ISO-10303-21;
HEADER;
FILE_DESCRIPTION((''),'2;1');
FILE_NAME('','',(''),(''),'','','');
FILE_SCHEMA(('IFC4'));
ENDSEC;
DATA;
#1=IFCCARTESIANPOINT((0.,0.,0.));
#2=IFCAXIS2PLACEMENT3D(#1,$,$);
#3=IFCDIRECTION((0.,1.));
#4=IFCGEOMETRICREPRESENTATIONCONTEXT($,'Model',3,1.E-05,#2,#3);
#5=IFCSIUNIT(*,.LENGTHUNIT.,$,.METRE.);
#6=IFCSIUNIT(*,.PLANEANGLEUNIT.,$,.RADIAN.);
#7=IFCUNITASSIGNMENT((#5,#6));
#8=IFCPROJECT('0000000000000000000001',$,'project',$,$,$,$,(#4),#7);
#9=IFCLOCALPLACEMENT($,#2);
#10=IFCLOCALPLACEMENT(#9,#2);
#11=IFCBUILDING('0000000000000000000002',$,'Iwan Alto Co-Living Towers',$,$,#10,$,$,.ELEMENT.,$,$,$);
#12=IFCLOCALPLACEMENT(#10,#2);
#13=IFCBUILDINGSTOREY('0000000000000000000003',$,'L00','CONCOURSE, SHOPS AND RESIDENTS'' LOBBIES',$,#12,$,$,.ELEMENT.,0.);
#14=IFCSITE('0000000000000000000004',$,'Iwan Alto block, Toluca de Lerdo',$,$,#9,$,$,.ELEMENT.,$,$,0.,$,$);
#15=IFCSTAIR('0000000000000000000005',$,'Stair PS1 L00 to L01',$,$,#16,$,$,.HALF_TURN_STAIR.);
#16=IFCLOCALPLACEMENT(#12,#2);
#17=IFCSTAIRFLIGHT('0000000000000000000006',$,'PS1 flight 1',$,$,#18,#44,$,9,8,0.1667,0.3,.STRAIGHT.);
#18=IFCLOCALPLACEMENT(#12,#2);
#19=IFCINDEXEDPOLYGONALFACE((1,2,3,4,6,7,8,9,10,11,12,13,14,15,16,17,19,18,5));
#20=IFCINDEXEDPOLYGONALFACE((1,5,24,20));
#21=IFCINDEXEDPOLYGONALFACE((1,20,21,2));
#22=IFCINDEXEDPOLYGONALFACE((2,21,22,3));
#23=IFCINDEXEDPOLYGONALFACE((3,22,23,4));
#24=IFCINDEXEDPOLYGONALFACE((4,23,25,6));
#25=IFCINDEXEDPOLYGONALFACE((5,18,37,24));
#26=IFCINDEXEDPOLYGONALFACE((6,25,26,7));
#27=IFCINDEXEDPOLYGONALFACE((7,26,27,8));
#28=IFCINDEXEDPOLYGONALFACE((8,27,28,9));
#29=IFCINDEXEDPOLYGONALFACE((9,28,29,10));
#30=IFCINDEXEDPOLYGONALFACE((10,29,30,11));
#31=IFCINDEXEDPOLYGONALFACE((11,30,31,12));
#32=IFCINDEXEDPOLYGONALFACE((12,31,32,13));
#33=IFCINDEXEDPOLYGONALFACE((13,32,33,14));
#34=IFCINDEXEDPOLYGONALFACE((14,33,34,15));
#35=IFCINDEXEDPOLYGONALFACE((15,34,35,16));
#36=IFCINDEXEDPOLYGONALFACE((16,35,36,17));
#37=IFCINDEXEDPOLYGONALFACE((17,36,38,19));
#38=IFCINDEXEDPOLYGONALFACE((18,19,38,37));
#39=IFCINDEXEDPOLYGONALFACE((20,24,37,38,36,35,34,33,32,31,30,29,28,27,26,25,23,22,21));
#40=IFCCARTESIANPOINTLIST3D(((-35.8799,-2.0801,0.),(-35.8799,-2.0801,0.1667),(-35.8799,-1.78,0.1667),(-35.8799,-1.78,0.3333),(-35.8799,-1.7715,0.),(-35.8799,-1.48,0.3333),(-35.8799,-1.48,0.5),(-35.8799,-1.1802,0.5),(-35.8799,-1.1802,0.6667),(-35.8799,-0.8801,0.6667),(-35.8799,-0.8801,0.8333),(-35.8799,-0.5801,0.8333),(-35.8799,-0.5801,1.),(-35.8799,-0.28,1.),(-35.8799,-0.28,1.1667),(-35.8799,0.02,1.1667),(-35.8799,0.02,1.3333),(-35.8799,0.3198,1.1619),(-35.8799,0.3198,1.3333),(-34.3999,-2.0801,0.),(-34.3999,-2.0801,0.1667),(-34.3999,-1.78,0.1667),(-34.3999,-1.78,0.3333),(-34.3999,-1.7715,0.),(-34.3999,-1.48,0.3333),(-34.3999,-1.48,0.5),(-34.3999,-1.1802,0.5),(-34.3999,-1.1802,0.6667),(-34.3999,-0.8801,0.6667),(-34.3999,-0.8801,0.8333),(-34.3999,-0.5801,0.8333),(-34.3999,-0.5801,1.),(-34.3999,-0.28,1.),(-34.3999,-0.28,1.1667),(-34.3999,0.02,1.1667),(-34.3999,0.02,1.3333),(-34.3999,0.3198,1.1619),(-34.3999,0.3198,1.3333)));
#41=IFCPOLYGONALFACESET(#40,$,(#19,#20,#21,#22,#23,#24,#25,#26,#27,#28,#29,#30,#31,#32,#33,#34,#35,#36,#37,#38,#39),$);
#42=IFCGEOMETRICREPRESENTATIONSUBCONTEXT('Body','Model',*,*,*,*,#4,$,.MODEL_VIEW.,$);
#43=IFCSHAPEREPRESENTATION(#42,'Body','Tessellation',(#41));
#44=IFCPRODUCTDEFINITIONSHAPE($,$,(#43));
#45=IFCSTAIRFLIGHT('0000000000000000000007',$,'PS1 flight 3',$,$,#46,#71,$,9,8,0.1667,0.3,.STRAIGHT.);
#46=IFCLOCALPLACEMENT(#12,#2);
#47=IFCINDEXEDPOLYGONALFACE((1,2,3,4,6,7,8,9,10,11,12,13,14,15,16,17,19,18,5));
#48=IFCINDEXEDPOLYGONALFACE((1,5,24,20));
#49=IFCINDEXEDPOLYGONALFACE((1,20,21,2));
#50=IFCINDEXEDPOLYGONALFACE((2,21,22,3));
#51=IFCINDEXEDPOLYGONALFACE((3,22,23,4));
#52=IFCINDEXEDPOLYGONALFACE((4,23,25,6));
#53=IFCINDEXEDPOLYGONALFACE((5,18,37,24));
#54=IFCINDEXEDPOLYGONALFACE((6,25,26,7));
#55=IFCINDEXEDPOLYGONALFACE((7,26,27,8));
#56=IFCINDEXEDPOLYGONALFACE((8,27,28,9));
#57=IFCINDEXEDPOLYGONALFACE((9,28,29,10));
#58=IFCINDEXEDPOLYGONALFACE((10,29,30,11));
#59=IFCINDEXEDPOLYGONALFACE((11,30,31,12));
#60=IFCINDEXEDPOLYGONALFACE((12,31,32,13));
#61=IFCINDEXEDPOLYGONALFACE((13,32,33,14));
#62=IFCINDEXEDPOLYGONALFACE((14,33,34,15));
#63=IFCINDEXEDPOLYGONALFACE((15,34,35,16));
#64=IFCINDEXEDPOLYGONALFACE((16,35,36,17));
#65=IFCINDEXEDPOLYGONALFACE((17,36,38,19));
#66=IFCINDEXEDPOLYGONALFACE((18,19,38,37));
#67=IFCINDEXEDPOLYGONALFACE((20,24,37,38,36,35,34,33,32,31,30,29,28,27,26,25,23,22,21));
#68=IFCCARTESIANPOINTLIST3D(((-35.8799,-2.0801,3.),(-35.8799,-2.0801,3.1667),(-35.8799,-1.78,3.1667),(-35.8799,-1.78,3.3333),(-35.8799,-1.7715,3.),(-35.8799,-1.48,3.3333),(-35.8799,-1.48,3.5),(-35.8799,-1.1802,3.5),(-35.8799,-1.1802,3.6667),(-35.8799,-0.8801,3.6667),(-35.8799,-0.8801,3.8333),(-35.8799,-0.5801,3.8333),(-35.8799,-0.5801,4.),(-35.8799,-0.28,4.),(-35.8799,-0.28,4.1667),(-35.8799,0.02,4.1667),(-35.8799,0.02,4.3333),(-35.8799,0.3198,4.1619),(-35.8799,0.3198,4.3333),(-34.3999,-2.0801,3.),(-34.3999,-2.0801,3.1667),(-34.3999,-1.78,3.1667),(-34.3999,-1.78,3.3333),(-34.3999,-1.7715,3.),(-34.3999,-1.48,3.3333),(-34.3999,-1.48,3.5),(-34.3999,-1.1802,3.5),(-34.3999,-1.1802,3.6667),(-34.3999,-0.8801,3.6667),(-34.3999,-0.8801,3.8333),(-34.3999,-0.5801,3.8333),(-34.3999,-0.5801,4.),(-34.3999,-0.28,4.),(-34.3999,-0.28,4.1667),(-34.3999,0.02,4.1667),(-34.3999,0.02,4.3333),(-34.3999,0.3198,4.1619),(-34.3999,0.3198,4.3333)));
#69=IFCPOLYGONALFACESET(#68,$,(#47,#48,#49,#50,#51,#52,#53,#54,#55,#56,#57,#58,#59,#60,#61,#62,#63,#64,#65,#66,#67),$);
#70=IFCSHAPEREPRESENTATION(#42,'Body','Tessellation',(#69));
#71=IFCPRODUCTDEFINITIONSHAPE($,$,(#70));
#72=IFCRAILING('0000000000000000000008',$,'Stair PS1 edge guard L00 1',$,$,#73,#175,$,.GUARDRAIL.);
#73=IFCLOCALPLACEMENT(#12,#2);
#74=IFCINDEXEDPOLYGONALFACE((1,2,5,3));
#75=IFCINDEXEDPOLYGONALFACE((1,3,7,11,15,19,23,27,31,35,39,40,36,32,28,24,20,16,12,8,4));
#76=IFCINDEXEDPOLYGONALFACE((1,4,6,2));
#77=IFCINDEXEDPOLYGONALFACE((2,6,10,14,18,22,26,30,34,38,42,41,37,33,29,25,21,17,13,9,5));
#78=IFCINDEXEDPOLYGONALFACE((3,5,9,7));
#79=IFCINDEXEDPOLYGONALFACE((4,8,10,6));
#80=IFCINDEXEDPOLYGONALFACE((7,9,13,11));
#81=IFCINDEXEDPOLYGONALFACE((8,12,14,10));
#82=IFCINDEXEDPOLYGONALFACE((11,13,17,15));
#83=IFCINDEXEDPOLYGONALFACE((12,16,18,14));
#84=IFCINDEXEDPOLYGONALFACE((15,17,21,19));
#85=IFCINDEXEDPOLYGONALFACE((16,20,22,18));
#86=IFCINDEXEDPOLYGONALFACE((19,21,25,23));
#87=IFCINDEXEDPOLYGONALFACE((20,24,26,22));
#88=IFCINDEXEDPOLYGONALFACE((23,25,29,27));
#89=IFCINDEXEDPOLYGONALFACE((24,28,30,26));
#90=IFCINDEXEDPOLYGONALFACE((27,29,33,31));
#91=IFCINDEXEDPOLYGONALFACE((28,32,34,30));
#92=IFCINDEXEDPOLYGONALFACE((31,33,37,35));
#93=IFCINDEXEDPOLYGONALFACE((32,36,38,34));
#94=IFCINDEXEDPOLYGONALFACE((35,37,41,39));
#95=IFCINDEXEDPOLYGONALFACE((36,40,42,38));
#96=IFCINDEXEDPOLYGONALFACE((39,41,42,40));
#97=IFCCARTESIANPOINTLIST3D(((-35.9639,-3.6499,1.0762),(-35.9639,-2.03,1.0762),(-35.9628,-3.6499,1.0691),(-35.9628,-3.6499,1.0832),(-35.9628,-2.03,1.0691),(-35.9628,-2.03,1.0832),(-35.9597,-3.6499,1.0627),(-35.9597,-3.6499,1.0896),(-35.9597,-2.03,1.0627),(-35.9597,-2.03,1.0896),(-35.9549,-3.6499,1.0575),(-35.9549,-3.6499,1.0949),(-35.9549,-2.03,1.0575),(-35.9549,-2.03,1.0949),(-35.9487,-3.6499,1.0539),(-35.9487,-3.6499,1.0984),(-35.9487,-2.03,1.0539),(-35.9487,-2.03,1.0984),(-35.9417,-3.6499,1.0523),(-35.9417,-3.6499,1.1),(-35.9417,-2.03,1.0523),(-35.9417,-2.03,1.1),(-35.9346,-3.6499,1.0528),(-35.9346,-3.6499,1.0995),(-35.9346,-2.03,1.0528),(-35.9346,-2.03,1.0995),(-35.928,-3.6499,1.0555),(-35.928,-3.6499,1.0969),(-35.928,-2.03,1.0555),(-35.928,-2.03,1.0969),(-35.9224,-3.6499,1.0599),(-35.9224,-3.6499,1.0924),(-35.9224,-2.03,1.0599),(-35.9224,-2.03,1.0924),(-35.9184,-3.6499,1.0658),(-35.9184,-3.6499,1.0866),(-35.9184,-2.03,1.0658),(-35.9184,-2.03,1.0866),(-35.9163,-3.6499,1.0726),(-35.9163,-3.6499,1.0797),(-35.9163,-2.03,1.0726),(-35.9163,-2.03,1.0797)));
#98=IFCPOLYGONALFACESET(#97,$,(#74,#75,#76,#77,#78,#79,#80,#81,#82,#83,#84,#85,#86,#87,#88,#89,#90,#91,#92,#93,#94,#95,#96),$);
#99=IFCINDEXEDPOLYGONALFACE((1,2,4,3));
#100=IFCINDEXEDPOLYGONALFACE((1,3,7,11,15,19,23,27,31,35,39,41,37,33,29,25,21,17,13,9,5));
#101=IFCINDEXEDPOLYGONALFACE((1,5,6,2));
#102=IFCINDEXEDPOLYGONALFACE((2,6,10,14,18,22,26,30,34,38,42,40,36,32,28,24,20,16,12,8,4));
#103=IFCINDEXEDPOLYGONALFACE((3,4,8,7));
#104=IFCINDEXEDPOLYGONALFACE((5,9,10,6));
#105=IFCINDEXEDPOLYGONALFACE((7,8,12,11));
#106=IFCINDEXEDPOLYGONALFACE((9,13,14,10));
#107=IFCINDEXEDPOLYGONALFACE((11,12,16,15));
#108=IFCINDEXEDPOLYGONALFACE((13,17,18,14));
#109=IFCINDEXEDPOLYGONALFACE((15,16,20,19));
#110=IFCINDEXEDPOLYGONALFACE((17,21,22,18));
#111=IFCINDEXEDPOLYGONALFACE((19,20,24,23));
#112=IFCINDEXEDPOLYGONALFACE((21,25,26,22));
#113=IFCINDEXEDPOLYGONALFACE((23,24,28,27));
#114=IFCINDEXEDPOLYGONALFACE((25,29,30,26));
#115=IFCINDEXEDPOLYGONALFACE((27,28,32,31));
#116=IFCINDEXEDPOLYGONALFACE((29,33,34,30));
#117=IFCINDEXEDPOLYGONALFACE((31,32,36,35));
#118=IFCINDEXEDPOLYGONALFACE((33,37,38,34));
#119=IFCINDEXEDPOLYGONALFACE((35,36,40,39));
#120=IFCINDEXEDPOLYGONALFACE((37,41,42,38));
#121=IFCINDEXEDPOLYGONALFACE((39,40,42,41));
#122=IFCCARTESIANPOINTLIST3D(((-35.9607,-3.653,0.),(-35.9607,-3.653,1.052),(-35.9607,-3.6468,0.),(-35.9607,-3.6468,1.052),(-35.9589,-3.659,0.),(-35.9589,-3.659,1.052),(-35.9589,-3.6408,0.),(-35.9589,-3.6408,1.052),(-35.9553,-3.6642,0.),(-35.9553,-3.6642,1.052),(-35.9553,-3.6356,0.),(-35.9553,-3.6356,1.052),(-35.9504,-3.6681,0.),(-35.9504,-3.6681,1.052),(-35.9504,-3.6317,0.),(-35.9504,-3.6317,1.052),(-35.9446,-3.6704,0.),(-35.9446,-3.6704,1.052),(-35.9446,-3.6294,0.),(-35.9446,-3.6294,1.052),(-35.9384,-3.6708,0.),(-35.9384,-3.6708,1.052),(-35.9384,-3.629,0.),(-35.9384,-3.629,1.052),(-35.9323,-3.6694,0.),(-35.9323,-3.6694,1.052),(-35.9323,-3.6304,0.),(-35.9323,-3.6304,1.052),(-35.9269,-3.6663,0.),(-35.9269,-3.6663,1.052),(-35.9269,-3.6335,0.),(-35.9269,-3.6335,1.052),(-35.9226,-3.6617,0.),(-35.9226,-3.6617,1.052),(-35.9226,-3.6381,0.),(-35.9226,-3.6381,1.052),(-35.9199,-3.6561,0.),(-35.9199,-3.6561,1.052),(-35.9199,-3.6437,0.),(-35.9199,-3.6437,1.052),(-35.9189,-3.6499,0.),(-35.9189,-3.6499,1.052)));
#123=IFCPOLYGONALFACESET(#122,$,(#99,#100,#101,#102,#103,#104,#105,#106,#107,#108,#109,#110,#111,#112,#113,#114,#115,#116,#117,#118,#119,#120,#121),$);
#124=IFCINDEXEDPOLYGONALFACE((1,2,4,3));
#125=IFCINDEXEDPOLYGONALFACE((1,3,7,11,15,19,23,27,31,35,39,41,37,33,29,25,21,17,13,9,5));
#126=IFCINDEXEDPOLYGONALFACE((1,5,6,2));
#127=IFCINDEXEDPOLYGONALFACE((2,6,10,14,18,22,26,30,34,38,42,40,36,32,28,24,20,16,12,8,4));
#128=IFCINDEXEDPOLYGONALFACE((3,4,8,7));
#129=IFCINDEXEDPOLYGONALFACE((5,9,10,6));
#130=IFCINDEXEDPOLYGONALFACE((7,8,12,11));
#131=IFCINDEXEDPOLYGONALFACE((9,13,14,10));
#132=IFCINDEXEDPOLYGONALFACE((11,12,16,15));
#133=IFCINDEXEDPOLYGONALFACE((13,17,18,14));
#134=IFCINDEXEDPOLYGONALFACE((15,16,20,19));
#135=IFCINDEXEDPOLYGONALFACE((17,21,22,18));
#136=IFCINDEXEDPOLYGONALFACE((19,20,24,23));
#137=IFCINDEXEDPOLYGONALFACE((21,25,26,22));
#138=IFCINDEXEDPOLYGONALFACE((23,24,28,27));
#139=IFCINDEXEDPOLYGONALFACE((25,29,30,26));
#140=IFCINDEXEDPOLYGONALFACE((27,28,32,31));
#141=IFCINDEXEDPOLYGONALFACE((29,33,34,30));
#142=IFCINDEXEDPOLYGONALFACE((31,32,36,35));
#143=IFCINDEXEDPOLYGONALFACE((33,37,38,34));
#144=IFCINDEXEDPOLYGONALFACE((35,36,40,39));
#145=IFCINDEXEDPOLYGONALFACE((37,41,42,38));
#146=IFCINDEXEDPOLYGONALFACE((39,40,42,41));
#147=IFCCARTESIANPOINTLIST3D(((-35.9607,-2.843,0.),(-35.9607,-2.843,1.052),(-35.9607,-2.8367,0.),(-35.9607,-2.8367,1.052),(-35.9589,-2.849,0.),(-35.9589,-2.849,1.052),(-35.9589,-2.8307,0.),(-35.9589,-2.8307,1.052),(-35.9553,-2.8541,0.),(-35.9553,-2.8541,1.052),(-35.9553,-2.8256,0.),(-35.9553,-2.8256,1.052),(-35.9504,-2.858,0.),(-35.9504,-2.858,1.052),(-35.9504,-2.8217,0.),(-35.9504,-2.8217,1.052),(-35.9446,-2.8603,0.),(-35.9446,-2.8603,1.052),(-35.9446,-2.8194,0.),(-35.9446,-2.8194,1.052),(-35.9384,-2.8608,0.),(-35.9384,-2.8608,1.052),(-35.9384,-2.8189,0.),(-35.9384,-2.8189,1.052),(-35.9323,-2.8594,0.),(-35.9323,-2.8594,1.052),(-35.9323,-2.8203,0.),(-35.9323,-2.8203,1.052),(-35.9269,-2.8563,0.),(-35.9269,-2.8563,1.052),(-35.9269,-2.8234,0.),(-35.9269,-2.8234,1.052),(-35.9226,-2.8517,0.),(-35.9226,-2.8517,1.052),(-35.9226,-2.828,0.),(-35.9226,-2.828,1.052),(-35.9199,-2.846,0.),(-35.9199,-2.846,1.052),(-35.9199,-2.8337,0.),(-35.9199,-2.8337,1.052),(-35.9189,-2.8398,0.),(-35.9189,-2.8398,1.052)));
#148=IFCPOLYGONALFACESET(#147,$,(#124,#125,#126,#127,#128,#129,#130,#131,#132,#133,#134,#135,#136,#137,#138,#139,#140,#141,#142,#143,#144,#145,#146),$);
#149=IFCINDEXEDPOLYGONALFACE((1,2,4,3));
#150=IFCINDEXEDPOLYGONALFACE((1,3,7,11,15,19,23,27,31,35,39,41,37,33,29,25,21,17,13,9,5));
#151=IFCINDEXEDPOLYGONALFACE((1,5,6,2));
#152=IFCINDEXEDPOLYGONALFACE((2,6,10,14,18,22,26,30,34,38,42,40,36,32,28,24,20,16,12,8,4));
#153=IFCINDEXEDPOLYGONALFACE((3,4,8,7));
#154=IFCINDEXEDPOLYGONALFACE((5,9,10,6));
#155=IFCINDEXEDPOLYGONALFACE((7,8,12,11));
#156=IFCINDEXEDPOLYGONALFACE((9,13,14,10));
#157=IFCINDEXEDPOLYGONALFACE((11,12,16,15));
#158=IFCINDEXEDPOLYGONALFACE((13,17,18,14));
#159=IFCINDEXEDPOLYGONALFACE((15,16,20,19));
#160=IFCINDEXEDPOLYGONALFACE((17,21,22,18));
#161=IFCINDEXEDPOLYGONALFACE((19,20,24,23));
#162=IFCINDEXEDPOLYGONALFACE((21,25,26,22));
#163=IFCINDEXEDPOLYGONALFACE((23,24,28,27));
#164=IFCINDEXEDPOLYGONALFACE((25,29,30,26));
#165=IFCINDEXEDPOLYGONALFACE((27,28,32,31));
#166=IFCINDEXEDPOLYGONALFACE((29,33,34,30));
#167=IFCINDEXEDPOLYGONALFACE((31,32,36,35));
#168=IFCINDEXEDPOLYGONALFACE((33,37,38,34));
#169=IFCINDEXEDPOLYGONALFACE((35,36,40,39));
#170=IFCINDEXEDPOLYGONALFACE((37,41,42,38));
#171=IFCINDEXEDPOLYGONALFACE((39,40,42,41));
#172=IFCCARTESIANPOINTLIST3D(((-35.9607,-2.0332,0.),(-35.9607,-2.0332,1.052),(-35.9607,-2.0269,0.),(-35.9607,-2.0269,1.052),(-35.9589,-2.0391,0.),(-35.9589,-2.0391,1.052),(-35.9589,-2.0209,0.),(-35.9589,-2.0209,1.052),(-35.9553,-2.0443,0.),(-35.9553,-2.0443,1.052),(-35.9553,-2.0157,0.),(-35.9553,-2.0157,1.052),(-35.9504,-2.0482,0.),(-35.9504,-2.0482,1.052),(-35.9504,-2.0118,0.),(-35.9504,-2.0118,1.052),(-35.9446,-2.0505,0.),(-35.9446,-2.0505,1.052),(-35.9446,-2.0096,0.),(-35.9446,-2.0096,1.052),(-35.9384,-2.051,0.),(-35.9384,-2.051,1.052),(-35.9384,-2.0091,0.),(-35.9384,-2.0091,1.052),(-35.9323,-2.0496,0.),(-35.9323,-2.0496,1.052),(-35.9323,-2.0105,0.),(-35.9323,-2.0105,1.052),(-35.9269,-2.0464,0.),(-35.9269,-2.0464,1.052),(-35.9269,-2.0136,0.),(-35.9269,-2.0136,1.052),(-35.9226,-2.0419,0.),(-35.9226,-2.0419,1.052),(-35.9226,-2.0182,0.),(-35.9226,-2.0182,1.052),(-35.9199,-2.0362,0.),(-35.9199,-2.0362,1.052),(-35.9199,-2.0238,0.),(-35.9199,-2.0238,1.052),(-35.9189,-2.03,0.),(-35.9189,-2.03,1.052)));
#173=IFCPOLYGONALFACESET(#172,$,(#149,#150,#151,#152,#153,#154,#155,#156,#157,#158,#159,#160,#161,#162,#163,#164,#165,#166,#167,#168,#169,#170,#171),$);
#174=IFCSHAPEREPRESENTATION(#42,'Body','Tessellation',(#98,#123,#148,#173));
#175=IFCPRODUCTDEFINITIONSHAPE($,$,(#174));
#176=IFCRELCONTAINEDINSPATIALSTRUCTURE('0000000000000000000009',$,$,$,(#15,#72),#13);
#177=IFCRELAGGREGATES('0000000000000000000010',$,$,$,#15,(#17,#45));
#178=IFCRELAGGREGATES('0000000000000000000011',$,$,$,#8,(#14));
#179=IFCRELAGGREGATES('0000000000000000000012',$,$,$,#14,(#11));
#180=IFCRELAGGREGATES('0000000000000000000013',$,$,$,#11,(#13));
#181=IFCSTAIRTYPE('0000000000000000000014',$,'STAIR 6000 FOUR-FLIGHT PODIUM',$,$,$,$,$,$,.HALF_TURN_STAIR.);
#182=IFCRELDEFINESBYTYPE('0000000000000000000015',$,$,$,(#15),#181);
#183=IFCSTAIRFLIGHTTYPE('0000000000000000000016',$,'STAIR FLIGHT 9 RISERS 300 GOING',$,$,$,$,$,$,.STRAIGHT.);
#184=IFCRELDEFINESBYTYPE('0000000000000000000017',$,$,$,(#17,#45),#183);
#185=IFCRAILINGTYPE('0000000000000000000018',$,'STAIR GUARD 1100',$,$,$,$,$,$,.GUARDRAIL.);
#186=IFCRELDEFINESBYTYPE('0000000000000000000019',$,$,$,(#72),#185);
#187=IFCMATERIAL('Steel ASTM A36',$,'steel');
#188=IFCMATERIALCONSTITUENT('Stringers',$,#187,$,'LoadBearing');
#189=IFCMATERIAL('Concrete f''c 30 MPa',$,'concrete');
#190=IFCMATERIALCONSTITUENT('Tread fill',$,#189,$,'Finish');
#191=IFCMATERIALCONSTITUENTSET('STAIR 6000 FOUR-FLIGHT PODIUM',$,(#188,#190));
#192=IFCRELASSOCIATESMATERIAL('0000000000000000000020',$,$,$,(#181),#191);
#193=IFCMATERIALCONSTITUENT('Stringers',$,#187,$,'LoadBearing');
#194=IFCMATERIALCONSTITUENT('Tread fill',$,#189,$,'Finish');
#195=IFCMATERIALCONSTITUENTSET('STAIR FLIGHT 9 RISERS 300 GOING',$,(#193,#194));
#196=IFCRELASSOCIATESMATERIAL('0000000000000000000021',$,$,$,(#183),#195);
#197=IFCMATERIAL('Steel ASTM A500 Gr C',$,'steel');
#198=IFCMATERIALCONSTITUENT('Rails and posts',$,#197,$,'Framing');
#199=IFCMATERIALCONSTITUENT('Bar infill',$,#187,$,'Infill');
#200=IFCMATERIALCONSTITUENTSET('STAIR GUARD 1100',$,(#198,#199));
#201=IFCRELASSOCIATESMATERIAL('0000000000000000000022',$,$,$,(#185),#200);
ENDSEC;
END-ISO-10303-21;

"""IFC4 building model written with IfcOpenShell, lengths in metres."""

from ifc_helpers import new_model, si_unit, direction, frame, origin, origin_2d, place, context, subcontext, project, spatial, polyline, circle, outline, extrude, material, constituent, constituent_set, type_object, element, aggregate, save


model = new_model("IFC4")

# Units and contexts
model_context = context("Model", 3, precision=1e-05, world=origin(), true_north=direction((0.0, 1.0)))
body_context = subcontext(model_context, "Body", "Model", "MODEL_VIEW")
ifc_project = project(units=[si_unit("LENGTHUNIT", "METRE"), si_unit("PLANEANGLEUNIT", "RADIAN")], contexts=[model_context])

# Site, building, storey
site_placement = place(None, origin())
site = spatial("IfcSite", under=ifc_project, at=site_placement, Name="Iwan Alto block, Toluca de Lerdo", CompositionType="ELEMENT", RefElevation=0.0)
building_placement = place(site_placement, origin())
building = spatial("IfcBuilding", under=site, at=building_placement, Name="Iwan Alto Co-Living Towers", CompositionType="ELEMENT")
storey_placement = place(building_placement, origin())
storey = spatial("IfcBuildingStorey", under=building, at=storey_placement, Name="L00", Description="CONCOURSE, SHOPS AND RESIDENTS' LOBBIES", CompositionType="ELEMENT", Elevation=0.0)

# Stair, stair flights
ifc_material_1 = material(Name="Steel ASTM A36", Category="steel")
ifc_constituent_1 = constituent(ifc_material_1, Name="Stringers", Category="LoadBearing")
ifc_material_2 = material(Name="Concrete f'c 30 MPa", Category="concrete")
ifc_constituent_2 = constituent(ifc_material_2, Name="Tread fill", Category="Finish")
ifc_constituent_set_1 = constituent_set(constituents=[ifc_constituent_1, ifc_constituent_2], Name="STAIR 6000 FOUR-FLIGHT PODIUM")
stair_type = type_object("IfcStairType", Name="STAIR 6000 FOUR-FLIGHT PODIUM", PredefinedType="HALF_TURN_STAIR", material=ifc_constituent_set_1)
stair_placement = place(storey_placement, origin())
stair = element("IfcStair", 1, at=stair_placement, inside=storey, type_object=stair_type, Name="Stair PS1 L00 to L01", PredefinedType="HALF_TURN_STAIR")
ifc_constituent_3 = constituent(ifc_material_1, Name="Stringers", Category="LoadBearing")
ifc_constituent_4 = constituent(ifc_material_2, Name="Tread fill", Category="Finish")
ifc_constituent_set_2 = constituent_set(constituents=[ifc_constituent_3, ifc_constituent_4], Name="STAIR FLIGHT 9 RISERS 300 GOING")
stair_flight_type = type_object("IfcStairFlightType", Name="STAIR FLIGHT 9 RISERS 300 GOING", PredefinedType="STRAIGHT", material=ifc_constituent_set_2)
stair_flight_1_placement = place(storey_placement, frame((-35.1399, -2.0801, 0.0), z_axis=(0.0, 0.0, 1.0), x_axis=(0.0, 1.0, 0.0)))
stair_flight_1 = element("IfcStairFlight", 2, at=stair_flight_1_placement, type_object=stair_flight_type, Name="PS1 flight 1", NumberOfRisers=9, NumberOfTreads=8, PredefinedType="STRAIGHT", RiserHeight=0.1667, TreadLength=0.3, context=body_context, shape_type="SweptSolid", body=[
    extrude(outline(polyline([(0.0, 0.0), (0.0, 0.1667), (0.3, 0.1667), (0.3, 0.3333), (0.6001, 0.3333), (0.6001, 0.5), (0.8999, 0.5), (0.8999, 0.6667), (1.2, 0.6667), (1.2, 0.8333), (1.5, 0.8333), (1.5, 1.0), (1.8, 1.0), (1.8, 1.1667), (2.1001, 1.1667), (2.1001, 1.3333), (2.3999, 1.3333), (2.3999, 1.5), (2.3999, 1.1619), (0.3086, 0.0), (0.0, 0.0)])), frame((0.0, 0.74, 0.0), z_axis=(0.0, -1.0, 0.0), x_axis=(1.0, 0.0, 0.0)), (0.0, 0.0, 1.0), 1.48),
])
stair_flight_2_placement = place(storey_placement, frame((-35.1399, -2.0801, 3.0), z_axis=(0.0, 0.0, 1.0), x_axis=(0.0, 1.0, 0.0)))
stair_flight_2 = element("IfcStairFlight", 3, at=stair_flight_2_placement, type_object=stair_flight_type, Name="PS1 flight 3", NumberOfRisers=9, NumberOfTreads=8, PredefinedType="STRAIGHT", RiserHeight=0.1667, TreadLength=0.3, context=body_context, shape_type="SweptSolid", body=[
    extrude(outline(polyline([(0.0, 0.0), (0.0, 0.1667), (0.3, 0.1667), (0.3, 0.3333), (0.6001, 0.3333), (0.6001, 0.5), (0.8999, 0.5), (0.8999, 0.6667), (1.2, 0.6667), (1.2, 0.8333), (1.5, 0.8333), (1.5, 1.0), (1.8, 1.0), (1.8, 1.1667), (2.1001, 1.1667), (2.1001, 1.3333), (2.3999, 1.3333), (2.3999, 1.5), (2.3999, 1.1619), (0.3086, 0.0), (0.0, 0.0)])), frame((0.0, 0.74, 0.0), z_axis=(0.0, -1.0, 0.0), x_axis=(1.0, 0.0, 0.0)), (0.0, 0.0, 1.0), 1.48),
])
aggregate(stair, [stair_flight_1, stair_flight_2])

# Railing
ifc_material_3 = material(Name="Steel ASTM A500 Gr C", Category="steel")
ifc_constituent_5 = constituent(ifc_material_3, Name="Rails and posts", Category="Framing")
ifc_constituent_6 = constituent(ifc_material_1, Name="Bar infill", Category="Infill")
ifc_constituent_set_3 = constituent_set(constituents=[ifc_constituent_5, ifc_constituent_6], Name="STAIR GUARD 1100")
railing_type_1 = type_object("IfcRailingType", Name="STAIR GUARD 1100", PredefinedType="GUARDRAIL", material=ifc_constituent_set_3)
for number, where, name in (
    (4, (-35.9399, -3.6499, 0.0), "Stair PS1 edge guard L00 1"),
):
    element("IfcRailing", number, at=place(storey_placement, frame(where)), inside=storey, type_object=railing_type_1, Name=name, PredefinedType="GUARDRAIL", context=body_context, shape_type="SweptSolid", body=[
        extrude(circle(Radius=0.0239, at=origin_2d()), frame((0.0, 0.0, 1.0762), z_axis=(0.0, 1.0, 0.0), x_axis=(-1.0, 0.0, 0.0)), (0.0, 0.0, 1.0), 1.6199),
        extrude(circle(Radius=0.021, at=origin_2d()), origin(), (0.0, 0.0, 1.0), 1.052),
        extrude(circle(Radius=0.021, at=origin_2d()), frame((0.0, 0.8101, 0.0)), (0.0, 0.0, 1.0), 1.052),
        extrude(circle(Radius=0.021, at=origin_2d()), frame((0.0, 1.6199, 0.0)), (0.0, 0.0, 1.0), 1.052),
    ])

save(model, "model.ifc")
